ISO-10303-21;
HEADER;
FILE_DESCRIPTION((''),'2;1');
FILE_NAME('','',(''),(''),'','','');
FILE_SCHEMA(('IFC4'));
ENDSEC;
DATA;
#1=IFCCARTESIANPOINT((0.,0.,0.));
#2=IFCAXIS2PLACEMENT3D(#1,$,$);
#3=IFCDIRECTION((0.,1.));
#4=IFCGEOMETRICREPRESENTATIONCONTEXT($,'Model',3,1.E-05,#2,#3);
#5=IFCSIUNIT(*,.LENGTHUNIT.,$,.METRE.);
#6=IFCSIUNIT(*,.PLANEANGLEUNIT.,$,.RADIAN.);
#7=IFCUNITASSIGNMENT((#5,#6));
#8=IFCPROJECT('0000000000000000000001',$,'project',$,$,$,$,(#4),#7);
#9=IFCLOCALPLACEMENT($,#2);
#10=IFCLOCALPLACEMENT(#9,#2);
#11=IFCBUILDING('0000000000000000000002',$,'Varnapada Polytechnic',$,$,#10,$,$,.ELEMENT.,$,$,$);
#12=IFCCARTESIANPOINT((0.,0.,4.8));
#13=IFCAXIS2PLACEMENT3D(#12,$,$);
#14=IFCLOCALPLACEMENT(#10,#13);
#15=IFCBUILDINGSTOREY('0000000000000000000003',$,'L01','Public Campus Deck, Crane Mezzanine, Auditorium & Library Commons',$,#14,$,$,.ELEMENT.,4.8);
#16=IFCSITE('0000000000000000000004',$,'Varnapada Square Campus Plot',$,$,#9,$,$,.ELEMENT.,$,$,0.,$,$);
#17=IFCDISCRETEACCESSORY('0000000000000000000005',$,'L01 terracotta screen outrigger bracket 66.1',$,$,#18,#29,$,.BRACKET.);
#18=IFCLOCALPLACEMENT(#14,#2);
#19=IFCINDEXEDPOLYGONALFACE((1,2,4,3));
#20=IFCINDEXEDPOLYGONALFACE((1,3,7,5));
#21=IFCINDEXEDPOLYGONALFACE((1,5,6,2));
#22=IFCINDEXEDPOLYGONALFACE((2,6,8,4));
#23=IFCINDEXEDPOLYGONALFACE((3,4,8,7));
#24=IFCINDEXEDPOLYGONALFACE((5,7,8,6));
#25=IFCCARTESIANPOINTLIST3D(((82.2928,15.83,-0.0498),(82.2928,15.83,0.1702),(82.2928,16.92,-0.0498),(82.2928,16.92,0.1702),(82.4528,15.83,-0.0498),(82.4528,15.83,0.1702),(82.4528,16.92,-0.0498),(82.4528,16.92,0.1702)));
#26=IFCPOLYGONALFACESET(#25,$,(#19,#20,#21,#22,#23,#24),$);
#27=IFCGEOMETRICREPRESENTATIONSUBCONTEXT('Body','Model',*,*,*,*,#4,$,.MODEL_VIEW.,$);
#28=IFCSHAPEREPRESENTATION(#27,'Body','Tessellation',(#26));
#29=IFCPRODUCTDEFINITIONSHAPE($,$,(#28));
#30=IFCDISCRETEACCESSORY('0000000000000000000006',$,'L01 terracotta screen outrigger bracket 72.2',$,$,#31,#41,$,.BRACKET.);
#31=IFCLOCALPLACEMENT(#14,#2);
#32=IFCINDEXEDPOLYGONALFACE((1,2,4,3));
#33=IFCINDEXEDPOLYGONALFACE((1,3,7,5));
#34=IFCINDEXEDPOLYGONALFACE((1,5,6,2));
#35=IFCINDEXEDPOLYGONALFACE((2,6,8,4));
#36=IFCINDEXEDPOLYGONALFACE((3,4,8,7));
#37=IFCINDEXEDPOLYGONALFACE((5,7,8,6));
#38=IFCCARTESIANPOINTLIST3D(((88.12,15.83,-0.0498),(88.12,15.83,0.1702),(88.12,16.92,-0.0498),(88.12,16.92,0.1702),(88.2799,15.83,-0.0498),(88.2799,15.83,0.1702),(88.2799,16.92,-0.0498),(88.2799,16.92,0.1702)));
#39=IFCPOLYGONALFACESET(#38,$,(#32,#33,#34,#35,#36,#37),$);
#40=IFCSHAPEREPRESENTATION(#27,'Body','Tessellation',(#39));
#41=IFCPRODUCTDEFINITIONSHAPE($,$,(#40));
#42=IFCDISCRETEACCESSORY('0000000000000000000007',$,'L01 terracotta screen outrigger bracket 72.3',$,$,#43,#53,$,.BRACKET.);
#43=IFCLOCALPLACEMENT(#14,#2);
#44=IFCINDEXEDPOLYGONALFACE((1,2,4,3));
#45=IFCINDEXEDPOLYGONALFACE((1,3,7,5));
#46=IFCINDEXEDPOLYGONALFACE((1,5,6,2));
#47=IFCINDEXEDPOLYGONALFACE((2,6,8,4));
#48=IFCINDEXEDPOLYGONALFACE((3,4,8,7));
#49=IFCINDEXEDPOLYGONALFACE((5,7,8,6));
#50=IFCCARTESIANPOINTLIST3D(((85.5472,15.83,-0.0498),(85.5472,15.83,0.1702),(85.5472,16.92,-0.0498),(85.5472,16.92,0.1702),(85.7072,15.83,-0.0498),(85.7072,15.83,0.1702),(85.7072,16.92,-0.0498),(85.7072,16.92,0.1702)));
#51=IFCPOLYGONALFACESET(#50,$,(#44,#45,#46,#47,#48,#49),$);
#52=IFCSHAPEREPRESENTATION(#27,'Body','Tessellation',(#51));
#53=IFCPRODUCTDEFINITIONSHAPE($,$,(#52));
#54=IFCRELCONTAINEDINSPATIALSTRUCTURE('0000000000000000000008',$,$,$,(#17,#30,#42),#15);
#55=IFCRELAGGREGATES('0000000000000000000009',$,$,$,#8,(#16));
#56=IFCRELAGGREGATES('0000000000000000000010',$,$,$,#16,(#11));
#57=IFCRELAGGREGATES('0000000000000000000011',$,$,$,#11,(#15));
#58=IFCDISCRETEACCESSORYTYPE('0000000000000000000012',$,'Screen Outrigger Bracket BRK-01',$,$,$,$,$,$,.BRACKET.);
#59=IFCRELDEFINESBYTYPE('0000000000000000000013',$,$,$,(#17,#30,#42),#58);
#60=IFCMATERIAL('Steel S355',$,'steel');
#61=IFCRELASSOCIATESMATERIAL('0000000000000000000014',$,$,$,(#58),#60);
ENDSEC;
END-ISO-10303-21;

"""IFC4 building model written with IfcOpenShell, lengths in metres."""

from ifc_helpers import new_model, si_unit, direction, frame, origin, origin_2d, place, context, subcontext, project, spatial, rectangle, extrude, material, type_object, element, save


model = new_model("IFC4")

# Units and contexts
model_context = context("Model", 3, precision=1e-05, world=origin(), true_north=direction((0.0, 1.0)))
body_context = subcontext(model_context, "Body", "Model", "MODEL_VIEW")
ifc_project = project(units=[si_unit("LENGTHUNIT", "METRE"), si_unit("PLANEANGLEUNIT", "RADIAN")], contexts=[model_context])

# Site, building, storey
site_placement = place(None, origin())
site = spatial("IfcSite", under=ifc_project, at=site_placement, Name="Varnapada Square Campus Plot", CompositionType="ELEMENT", RefElevation=0.0)
building_placement = place(site_placement, origin())
building = spatial("IfcBuilding", under=site, at=building_placement, Name="Varnapada Polytechnic", CompositionType="ELEMENT")
storey_placement = place(building_placement, frame((0.0, 0.0, 4.8)))
storey = spatial("IfcBuildingStorey", under=building, at=storey_placement, Name="L01", Description="Public Campus Deck, Crane Mezzanine, Auditorium & Library Commons", CompositionType="ELEMENT", Elevation=4.8)

# Discrete accessories
ifc_material_1 = material(Name="Steel S355", Category="steel")
discrete_accessory_type = type_object("IfcDiscreteAccessoryType", Name="Screen Outrigger Bracket BRK-01", PredefinedType="BRACKET", material=ifc_material_1)
for number, where, z_axis, x_axis, name in (
    (1, (82.3728, 16.375, -0.0498), (0.0, 0.0, 1.0), (-1.0, 0.0, 0.0), "L01 terracotta screen outrigger bracket 66.1"),
    (2, (88.2, 16.375, -0.0498), (0.0, 0.0, 1.0), (-1.0, 0.0, 0.0), "L01 terracotta screen outrigger bracket 72.2"),
    (3, (85.6272, 16.375, -0.0498), (0.0, 0.0, 1.0), (-1.0, 0.0, 0.0), "L01 terracotta screen outrigger bracket 72.3"),
):
    element("IfcDiscreteAccessory", number, at=place(storey_placement, frame(where, z_axis=z_axis, x_axis=x_axis)), inside=storey, type_object=discrete_accessory_type, Name=name, PredefinedType="BRACKET", context=body_context, shape_type="SweptSolid", body=[
        extrude(rectangle(XDim=0.1599, YDim=1.0901, at=origin_2d()), origin(), (0.0, 0.0, 1.0), 0.22),
    ])

save(model, "model.ifc")
